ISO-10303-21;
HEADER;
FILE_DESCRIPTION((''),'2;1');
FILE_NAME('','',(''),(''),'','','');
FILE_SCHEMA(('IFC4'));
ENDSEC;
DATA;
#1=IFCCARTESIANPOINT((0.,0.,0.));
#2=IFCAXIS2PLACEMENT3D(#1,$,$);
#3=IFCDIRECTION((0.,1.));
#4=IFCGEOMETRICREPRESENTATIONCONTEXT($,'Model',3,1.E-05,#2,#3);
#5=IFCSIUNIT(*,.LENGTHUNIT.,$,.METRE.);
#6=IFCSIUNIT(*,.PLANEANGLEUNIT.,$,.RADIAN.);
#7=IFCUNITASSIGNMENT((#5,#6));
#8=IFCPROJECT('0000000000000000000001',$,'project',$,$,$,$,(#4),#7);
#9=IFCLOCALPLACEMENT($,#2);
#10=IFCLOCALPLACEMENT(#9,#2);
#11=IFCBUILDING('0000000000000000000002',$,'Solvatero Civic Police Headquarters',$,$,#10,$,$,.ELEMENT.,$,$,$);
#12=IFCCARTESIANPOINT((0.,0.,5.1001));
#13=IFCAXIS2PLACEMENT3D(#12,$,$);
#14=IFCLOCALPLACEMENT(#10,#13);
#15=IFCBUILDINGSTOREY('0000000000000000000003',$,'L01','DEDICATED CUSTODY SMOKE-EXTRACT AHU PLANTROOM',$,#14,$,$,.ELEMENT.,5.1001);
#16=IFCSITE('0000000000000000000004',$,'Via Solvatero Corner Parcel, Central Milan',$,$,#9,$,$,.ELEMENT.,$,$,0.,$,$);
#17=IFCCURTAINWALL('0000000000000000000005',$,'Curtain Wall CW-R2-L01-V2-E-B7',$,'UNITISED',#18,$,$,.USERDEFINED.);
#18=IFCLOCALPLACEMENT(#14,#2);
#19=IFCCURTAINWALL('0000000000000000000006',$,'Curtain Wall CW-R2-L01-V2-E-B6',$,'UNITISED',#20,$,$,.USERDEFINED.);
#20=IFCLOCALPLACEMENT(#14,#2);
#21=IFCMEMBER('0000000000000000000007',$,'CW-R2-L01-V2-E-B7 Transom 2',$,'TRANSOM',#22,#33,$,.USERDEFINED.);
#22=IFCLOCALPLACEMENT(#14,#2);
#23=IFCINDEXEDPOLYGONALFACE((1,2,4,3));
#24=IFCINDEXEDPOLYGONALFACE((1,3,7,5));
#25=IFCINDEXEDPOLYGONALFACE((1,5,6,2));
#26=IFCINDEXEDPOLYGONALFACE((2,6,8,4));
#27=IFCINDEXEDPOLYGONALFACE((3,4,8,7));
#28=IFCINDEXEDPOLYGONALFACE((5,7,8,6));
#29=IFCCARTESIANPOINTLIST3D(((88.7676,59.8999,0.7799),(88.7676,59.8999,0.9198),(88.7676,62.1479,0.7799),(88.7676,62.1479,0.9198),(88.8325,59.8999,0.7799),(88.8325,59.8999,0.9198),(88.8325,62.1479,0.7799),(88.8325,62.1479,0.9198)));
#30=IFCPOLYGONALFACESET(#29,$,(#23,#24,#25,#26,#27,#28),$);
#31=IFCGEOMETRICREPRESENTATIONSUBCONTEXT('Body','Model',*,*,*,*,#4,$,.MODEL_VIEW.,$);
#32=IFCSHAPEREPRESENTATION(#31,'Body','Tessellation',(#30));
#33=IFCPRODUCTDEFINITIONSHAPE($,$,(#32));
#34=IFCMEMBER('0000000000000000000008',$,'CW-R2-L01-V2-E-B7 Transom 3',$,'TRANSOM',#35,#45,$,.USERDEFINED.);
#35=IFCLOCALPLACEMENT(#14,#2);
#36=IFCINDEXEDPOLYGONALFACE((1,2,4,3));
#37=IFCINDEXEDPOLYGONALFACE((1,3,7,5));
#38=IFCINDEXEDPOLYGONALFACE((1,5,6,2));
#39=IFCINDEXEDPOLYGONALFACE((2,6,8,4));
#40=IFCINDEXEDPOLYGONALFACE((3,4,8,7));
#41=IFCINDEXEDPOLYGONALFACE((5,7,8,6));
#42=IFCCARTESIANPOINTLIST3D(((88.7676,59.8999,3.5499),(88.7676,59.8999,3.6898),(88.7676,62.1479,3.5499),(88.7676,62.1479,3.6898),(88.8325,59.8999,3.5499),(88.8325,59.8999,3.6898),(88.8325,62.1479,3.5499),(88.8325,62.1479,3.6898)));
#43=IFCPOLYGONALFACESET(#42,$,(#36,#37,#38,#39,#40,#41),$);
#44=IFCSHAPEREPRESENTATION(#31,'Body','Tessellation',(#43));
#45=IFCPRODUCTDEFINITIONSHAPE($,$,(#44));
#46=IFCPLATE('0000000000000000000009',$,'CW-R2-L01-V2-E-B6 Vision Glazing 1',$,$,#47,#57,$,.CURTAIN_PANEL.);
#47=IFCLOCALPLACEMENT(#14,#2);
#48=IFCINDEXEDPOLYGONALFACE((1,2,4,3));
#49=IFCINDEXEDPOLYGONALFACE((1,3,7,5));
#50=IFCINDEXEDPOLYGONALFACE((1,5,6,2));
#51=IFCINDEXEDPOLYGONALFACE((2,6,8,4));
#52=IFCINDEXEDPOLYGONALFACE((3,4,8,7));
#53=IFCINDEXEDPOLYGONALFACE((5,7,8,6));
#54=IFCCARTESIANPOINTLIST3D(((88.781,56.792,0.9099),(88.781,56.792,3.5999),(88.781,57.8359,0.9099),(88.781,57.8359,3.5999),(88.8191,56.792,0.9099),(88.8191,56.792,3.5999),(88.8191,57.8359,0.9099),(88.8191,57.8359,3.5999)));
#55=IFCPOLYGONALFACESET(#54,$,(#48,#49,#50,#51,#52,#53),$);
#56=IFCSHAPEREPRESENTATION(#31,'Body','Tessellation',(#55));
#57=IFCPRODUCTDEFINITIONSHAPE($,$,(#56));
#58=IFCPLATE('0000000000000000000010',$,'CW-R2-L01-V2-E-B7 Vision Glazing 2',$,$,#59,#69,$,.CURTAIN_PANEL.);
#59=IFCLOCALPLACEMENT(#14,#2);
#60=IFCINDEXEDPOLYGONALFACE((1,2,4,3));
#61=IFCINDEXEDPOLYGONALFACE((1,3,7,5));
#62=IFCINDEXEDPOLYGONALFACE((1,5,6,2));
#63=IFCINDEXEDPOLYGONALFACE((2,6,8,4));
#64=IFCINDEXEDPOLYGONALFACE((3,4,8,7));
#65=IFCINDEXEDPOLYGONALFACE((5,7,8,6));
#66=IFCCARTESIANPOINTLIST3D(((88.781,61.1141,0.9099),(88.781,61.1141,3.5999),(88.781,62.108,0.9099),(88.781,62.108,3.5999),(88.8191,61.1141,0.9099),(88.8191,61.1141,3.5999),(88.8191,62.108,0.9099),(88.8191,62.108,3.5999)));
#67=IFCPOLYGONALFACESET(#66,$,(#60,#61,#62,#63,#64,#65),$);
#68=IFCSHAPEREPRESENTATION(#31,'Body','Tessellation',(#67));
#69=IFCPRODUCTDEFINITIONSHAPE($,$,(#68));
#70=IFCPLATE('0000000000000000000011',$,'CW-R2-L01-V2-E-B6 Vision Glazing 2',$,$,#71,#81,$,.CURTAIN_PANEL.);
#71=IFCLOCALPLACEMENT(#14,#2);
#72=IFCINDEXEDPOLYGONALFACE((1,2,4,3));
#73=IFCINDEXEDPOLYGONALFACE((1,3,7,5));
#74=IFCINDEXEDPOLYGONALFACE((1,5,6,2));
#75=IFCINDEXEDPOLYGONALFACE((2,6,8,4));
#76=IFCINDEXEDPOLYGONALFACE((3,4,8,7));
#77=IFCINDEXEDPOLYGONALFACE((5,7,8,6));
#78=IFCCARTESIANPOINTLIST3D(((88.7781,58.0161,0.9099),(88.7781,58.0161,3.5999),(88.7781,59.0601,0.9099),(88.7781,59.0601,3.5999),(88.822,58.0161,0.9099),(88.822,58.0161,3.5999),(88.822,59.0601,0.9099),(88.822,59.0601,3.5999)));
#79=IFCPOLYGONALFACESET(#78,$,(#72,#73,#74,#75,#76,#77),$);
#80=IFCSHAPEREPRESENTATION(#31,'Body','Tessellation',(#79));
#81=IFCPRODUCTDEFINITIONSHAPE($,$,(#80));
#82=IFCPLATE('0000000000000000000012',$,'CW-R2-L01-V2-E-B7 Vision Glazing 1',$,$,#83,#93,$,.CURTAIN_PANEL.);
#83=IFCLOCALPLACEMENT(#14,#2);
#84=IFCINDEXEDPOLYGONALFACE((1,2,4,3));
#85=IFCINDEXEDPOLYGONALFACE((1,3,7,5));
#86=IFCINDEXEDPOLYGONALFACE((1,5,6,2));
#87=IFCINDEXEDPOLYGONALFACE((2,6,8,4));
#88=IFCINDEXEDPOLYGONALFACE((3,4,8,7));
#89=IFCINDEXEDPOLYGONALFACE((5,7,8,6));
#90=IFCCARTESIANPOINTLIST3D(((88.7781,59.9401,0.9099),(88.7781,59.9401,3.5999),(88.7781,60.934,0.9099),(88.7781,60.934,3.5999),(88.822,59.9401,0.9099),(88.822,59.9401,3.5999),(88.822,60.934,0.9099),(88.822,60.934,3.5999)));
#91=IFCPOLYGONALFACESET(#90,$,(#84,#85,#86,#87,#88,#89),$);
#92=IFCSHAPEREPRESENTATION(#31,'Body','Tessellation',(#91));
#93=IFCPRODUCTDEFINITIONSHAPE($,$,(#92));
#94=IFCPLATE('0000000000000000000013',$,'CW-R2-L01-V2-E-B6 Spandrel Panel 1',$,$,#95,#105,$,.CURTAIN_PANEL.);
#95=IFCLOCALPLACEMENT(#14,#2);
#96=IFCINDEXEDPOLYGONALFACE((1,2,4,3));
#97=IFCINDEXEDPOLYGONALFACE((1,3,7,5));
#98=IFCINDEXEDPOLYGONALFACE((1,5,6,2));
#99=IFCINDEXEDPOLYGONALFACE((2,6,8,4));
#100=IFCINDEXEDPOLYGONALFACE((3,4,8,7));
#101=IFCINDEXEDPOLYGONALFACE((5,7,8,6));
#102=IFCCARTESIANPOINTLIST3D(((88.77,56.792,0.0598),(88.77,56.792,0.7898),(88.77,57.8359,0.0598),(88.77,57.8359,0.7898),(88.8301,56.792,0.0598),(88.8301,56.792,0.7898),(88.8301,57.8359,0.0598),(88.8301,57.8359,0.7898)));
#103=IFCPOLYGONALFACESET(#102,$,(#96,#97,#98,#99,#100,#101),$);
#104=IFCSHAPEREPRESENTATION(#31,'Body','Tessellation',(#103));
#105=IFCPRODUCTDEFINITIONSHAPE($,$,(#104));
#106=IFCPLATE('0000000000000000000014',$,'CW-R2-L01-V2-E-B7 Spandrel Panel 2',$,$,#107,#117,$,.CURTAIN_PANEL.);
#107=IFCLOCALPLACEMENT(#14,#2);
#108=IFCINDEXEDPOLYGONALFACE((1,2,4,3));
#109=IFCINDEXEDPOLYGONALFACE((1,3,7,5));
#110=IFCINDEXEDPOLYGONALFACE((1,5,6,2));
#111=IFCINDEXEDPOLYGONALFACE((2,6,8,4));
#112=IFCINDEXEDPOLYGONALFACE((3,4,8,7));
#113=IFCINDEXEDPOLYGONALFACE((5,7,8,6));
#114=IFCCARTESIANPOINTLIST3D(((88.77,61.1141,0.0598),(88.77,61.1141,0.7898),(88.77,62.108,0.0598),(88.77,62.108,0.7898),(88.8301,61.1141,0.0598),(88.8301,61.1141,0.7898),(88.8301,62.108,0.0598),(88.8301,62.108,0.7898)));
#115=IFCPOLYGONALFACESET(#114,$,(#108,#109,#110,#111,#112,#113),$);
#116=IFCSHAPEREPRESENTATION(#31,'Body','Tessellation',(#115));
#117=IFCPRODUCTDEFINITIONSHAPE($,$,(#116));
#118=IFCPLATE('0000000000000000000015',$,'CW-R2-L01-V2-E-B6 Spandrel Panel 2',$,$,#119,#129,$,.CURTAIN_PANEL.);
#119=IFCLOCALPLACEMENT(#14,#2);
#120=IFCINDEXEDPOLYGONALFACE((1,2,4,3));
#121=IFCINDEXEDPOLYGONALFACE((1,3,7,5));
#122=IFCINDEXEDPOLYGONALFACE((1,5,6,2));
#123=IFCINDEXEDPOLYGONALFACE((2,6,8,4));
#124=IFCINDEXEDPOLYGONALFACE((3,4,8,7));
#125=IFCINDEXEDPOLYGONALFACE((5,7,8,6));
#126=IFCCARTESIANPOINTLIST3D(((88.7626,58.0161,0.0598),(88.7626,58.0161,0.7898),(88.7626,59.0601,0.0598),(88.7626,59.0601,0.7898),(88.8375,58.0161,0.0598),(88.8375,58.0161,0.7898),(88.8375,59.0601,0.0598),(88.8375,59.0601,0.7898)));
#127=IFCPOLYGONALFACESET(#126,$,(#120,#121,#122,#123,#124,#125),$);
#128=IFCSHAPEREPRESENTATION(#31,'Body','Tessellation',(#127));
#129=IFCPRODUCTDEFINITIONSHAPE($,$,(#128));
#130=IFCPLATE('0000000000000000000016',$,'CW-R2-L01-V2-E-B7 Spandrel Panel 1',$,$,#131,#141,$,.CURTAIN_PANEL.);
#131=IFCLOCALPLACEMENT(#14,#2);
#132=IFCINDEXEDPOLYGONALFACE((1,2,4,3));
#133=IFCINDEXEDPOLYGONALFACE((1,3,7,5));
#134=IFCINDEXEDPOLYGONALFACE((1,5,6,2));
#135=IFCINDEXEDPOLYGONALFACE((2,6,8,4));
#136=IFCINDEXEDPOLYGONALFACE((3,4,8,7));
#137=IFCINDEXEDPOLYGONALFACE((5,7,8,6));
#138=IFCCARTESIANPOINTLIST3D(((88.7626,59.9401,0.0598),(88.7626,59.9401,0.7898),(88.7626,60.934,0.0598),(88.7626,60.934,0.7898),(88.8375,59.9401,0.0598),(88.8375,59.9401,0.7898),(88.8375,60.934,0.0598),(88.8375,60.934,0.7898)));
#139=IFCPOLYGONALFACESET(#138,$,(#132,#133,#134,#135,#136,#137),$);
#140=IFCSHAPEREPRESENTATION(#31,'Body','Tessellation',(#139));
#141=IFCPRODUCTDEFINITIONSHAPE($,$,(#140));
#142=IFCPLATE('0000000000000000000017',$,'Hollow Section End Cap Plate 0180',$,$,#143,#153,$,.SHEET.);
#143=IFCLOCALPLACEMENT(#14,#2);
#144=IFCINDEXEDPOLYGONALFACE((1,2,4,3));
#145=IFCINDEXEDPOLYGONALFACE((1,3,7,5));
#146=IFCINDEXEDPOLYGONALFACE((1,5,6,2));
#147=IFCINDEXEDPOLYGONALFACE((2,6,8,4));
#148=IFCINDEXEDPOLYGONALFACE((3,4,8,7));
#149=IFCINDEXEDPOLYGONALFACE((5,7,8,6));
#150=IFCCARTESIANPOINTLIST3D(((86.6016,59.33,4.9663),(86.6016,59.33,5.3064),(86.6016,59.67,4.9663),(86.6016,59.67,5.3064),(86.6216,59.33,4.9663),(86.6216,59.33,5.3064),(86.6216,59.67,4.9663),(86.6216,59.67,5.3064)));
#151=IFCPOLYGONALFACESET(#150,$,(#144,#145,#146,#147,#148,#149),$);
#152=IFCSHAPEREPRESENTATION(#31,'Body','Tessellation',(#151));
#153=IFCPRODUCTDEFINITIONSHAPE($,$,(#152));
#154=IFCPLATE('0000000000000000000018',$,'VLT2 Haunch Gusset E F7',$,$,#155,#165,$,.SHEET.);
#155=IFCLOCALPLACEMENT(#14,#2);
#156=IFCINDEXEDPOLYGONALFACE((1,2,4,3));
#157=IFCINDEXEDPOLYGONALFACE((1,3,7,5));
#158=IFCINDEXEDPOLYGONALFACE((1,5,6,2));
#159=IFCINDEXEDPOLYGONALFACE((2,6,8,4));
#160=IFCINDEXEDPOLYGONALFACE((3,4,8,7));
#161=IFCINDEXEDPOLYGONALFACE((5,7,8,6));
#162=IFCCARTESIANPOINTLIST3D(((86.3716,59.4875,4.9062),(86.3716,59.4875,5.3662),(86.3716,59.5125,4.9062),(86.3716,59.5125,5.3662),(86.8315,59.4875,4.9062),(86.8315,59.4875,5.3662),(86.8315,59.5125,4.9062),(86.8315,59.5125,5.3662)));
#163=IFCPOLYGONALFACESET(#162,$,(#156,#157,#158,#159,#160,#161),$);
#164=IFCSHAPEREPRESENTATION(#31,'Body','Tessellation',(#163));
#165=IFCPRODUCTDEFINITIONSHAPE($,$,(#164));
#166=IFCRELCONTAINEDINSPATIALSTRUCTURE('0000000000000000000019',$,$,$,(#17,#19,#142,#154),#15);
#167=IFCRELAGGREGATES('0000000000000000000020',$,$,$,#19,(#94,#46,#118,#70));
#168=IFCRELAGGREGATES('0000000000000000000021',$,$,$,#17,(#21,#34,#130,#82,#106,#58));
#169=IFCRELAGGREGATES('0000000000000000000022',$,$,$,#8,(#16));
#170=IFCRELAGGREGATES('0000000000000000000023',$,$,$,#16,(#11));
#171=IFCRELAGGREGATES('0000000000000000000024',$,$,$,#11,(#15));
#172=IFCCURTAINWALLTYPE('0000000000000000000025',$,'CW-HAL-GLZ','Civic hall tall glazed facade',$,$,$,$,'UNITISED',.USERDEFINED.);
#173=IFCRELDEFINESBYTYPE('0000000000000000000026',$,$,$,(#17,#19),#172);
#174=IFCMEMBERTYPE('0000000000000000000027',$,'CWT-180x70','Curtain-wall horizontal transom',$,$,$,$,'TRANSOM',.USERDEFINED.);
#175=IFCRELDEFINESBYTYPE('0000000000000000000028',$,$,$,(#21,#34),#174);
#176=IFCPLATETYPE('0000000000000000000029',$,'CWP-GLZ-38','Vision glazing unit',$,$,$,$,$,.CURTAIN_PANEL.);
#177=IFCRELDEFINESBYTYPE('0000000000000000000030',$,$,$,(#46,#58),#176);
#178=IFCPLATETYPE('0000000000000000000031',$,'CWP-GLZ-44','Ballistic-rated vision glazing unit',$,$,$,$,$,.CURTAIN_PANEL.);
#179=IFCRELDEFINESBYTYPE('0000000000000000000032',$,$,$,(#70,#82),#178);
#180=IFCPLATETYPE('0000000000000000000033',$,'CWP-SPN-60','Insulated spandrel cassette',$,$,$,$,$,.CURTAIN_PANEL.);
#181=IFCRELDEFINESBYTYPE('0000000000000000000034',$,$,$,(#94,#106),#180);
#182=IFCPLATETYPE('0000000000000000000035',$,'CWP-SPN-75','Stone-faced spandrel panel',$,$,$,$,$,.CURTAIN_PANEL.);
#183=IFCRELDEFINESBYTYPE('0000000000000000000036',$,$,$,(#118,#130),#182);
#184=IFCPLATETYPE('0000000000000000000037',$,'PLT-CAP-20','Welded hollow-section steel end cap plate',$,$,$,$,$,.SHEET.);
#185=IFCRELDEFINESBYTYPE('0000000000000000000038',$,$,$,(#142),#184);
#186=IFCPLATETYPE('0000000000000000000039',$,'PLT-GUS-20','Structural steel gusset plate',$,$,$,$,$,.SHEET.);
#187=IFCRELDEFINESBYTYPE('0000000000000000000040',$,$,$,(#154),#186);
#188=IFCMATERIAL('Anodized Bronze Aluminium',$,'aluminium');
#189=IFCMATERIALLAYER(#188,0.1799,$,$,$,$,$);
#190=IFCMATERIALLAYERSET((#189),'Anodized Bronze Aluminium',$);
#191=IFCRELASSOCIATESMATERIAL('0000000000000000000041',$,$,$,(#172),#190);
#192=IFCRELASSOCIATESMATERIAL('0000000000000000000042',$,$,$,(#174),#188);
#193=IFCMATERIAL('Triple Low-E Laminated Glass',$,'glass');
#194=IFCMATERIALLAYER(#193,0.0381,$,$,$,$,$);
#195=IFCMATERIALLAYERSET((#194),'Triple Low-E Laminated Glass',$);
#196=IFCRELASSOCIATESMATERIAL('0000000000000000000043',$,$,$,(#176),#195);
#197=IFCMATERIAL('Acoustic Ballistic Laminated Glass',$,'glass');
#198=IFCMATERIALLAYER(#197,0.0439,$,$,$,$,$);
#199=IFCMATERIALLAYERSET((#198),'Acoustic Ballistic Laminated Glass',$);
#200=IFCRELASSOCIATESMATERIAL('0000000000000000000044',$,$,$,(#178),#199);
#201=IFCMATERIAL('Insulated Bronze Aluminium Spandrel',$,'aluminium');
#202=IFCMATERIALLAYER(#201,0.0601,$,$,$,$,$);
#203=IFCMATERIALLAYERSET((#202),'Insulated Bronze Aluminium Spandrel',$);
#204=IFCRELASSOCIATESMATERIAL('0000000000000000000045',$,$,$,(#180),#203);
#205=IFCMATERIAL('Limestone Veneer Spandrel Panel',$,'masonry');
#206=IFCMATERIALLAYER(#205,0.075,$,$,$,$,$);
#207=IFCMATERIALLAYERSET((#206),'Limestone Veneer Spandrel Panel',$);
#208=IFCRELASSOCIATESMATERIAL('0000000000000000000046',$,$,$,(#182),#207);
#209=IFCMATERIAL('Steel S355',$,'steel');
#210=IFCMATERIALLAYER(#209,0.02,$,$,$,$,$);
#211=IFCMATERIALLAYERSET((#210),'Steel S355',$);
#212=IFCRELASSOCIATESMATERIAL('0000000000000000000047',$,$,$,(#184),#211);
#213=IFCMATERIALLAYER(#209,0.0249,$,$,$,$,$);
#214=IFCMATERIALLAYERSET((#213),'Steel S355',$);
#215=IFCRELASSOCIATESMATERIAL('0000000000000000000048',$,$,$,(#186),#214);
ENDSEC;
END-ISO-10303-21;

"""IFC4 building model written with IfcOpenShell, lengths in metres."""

from ifc_helpers import new_model, si_unit, direction, frame, origin, origin_2d, place, context, subcontext, project, spatial, rectangle, extrude, material, layer, layer_set, material_profile, profile_set, type_object, element, aggregate, save


model = new_model("IFC4")

# Units and contexts
model_context = context("Model", 3, precision=1e-05, world=origin(), true_north=direction((0.0, 1.0)))
body_context = subcontext(model_context, "Body", "Model", "MODEL_VIEW")
ifc_project = project(units=[si_unit("LENGTHUNIT", "METRE"), si_unit("PLANEANGLEUNIT", "RADIAN")], contexts=[model_context])

# Site, building, storey
site_placement = place(None, origin())
site = spatial("IfcSite", under=ifc_project, at=site_placement, Name="Via Solvatero Corner Parcel, Central Milan", CompositionType="ELEMENT", RefElevation=0.0)
building_placement = place(site_placement, origin())
building = spatial("IfcBuilding", under=site, at=building_placement, Name="Solvatero Civic Police Headquarters", CompositionType="ELEMENT")
storey_placement = place(building_placement, frame((0.0, 0.0, 5.1001)))
storey = spatial("IfcBuildingStorey", under=building, at=storey_placement, Name="L01", Description="DEDICATED CUSTODY SMOKE-EXTRACT AHU PLANTROOM", CompositionType="ELEMENT", Elevation=5.1001)

# Shared definitions
ifc_material_1 = material(Name="Steel S355", Category="steel")

# Curtain walls
ifc_material_2 = material(Name="Anodized Bronze Aluminium", Category="aluminium")
ifc_layer_1 = layer(ifc_material_2, 0.1799)
ifc_layer_set_1 = layer_set([ifc_layer_1], Name="Anodized Bronze Aluminium")
curtain_wall_type = type_object("IfcCurtainWallType", Name="CW-HAL-GLZ", Description="Civic hall tall glazed facade", ElementType="UNITISED", PredefinedType="USERDEFINED", material=ifc_layer_set_1)
curtain_wall_1_placement = place(storey_placement, origin())
curtain_wall_1 = element("IfcCurtainWall", 1, at=curtain_wall_1_placement, inside=storey, type_object=curtain_wall_type, Name="Curtain Wall CW-R2-L01-V2-E-B7", ObjectType="UNITISED", PredefinedType="USERDEFINED")
curtain_wall_2_placement = place(storey_placement, origin())
curtain_wall_2 = element("IfcCurtainWall", 2, at=curtain_wall_2_placement, inside=storey, type_object=curtain_wall_type, Name="Curtain Wall CW-R2-L01-V2-E-B6", ObjectType="UNITISED", PredefinedType="USERDEFINED")

# Members
ifc_material_profile_1 = material_profile(ifc_material_2, rectangle(XDim=0.0649, YDim=0.1399, at=origin_2d()), Name="ALU TRANSOM 65x140")
ifc_profile_set_1 = profile_set([ifc_material_profile_1], Name="Anodized Bronze Aluminium")
member_type_1 = type_object("IfcMemberType", Name="CWT-180x70", Description="Curtain-wall horizontal transom", ElementType="TRANSOM", PredefinedType="USERDEFINED", material=ifc_profile_set_1)
member_1_placement = place(storey_placement, frame((88.8, 59.8999, 0.8499), z_axis=(0.0, 1.0, 0.0), x_axis=(-1.0, 0.0, 0.0)))
member_1 = element("IfcMember", 3, at=member_1_placement, type_object=member_type_1, Name="CW-R2-L01-V2-E-B7 Transom 2", ObjectType="TRANSOM", PredefinedType="USERDEFINED", context=body_context, shape_type="SweptSolid", body=[
    extrude(rectangle(XDim=0.0649, YDim=0.1399, at=origin_2d()), origin(), (0.0, 0.0, 1.0), 2.248),
])
member_2_placement = place(storey_placement, frame((88.8, 59.8999, 3.6199), z_axis=(0.0, 1.0, 0.0), x_axis=(-1.0, 0.0, 0.0)))
member_2 = element("IfcMember", 4, at=member_2_placement, type_object=member_type_1, Name="CW-R2-L01-V2-E-B7 Transom 3", ObjectType="TRANSOM", PredefinedType="USERDEFINED", context=body_context, shape_type="SweptSolid", body=[
    extrude(rectangle(XDim=0.0649, YDim=0.1399, at=origin_2d()), origin(), (0.0, 0.0, 1.0), 2.248),
])

# Plates
ifc_material_3 = material(Name="Triple Low-E Laminated Glass", Category="glass")
ifc_layer_2 = layer(ifc_material_3, 0.0381)
ifc_layer_set_2 = layer_set([ifc_layer_2], Name="Triple Low-E Laminated Glass")
plate_type_1 = type_object("IfcPlateType", Name="CWP-GLZ-38", Description="Vision glazing unit", PredefinedType="CURTAIN_PANEL", material=ifc_layer_set_2)
plate_1_placement = place(storey_placement, frame((88.8, 57.314, 0.9099), z_axis=(0.0, 0.0, 1.0), x_axis=(0.0, 1.0, 0.0)))
plate_1 = element("IfcPlate", 5, at=plate_1_placement, type_object=plate_type_1, Name="CW-R2-L01-V2-E-B6 Vision Glazing 1", PredefinedType="CURTAIN_PANEL", context=body_context, shape_type="SweptSolid", body=[
    extrude(rectangle(XDim=1.0439, YDim=0.0381, at=origin_2d()), origin(), (0.0, 0.0, 1.0), 2.6899),
])
plate_2_placement = place(storey_placement, frame((88.8, 61.6111, 0.9099), z_axis=(0.0, 0.0, 1.0), x_axis=(0.0, 1.0, 0.0)))
plate_2 = element("IfcPlate", 6, at=plate_2_placement, type_object=plate_type_1, Name="CW-R2-L01-V2-E-B7 Vision Glazing 2", PredefinedType="CURTAIN_PANEL", context=body_context, shape_type="SweptSolid", body=[
    extrude(rectangle(XDim=0.9939, YDim=0.0381, at=origin_2d()), origin(), (0.0, 0.0, 1.0), 2.6899),
])
ifc_material_4 = material(Name="Acoustic Ballistic Laminated Glass", Category="glass")
ifc_layer_3 = layer(ifc_material_4, 0.0439)
ifc_layer_set_3 = layer_set([ifc_layer_3], Name="Acoustic Ballistic Laminated Glass")
plate_type_2 = type_object("IfcPlateType", Name="CWP-GLZ-44", Description="Ballistic-rated vision glazing unit", PredefinedType="CURTAIN_PANEL", material=ifc_layer_set_3)
plate_3_placement = place(storey_placement, frame((88.8, 58.5381, 0.9099), z_axis=(0.0, 0.0, 1.0), x_axis=(0.0, 1.0, 0.0)))
plate_3 = element("IfcPlate", 7, at=plate_3_placement, type_object=plate_type_2, Name="CW-R2-L01-V2-E-B6 Vision Glazing 2", PredefinedType="CURTAIN_PANEL", context=body_context, shape_type="SweptSolid", body=[
    extrude(rectangle(XDim=1.0439, YDim=0.0439, at=origin_2d()), origin(), (0.0, 0.0, 1.0), 2.6899),
])
plate_4_placement = place(storey_placement, frame((88.8, 60.437, 0.9099), z_axis=(0.0, 0.0, 1.0), x_axis=(0.0, 1.0, 0.0)))
plate_4 = element("IfcPlate", 8, at=plate_4_placement, type_object=plate_type_2, Name="CW-R2-L01-V2-E-B7 Vision Glazing 1", PredefinedType="CURTAIN_PANEL", context=body_context, shape_type="SweptSolid", body=[
    extrude(rectangle(XDim=0.9939, YDim=0.0439, at=origin_2d()), origin(), (0.0, 0.0, 1.0), 2.6899),
])
ifc_material_5 = material(Name="Insulated Bronze Aluminium Spandrel", Category="aluminium")
ifc_layer_4 = layer(ifc_material_5, 0.0601)
ifc_layer_set_4 = layer_set([ifc_layer_4], Name="Insulated Bronze Aluminium Spandrel")
plate_type_3 = type_object("IfcPlateType", Name="CWP-SPN-60", Description="Insulated spandrel cassette", PredefinedType="CURTAIN_PANEL", material=ifc_layer_set_4)
plate_5_placement = place(storey_placement, frame((88.8, 57.314, 0.0598), z_axis=(0.0, 0.0, 1.0), x_axis=(0.0, 1.0, 0.0)))
plate_5 = element("IfcPlate", 9, at=plate_5_placement, type_object=plate_type_3, Name="CW-R2-L01-V2-E-B6 Spandrel Panel 1", PredefinedType="CURTAIN_PANEL", context=body_context, shape_type="SweptSolid", body=[
    extrude(rectangle(XDim=1.0439, YDim=0.0601, at=origin_2d()), origin(), (0.0, 0.0, 1.0), 0.73),
])
plate_6_placement = place(storey_placement, frame((88.8, 61.6111, 0.0598), z_axis=(0.0, 0.0, 1.0), x_axis=(0.0, 1.0, 0.0)))
plate_6 = element("IfcPlate", 10, at=plate_6_placement, type_object=plate_type_3, Name="CW-R2-L01-V2-E-B7 Spandrel Panel 2", PredefinedType="CURTAIN_PANEL", context=body_context, shape_type="SweptSolid", body=[
    extrude(rectangle(XDim=0.9939, YDim=0.0601, at=origin_2d()), origin(), (0.0, 0.0, 1.0), 0.73),
])
ifc_material_6 = material(Name="Limestone Veneer Spandrel Panel", Category="masonry")
ifc_layer_5 = layer(ifc_material_6, 0.075)
ifc_layer_set_5 = layer_set([ifc_layer_5], Name="Limestone Veneer Spandrel Panel")
plate_type_4 = type_object("IfcPlateType", Name="CWP-SPN-75", Description="Stone-faced spandrel panel", PredefinedType="CURTAIN_PANEL", material=ifc_layer_set_5)
plate_7_placement = place(storey_placement, frame((88.8, 58.5381, 0.0598), z_axis=(0.0, 0.0, 1.0), x_axis=(0.0, 1.0, 0.0)))
plate_7 = element("IfcPlate", 11, at=plate_7_placement, type_object=plate_type_4, Name="CW-R2-L01-V2-E-B6 Spandrel Panel 2", PredefinedType="CURTAIN_PANEL", context=body_context, shape_type="SweptSolid", body=[
    extrude(rectangle(XDim=1.0439, YDim=0.075, at=origin_2d()), origin(), (0.0, 0.0, 1.0), 0.73),
])
aggregate(curtain_wall_2, [plate_5, plate_1, plate_7, plate_3])
plate_8_placement = place(storey_placement, frame((88.8, 60.437, 0.0598), z_axis=(0.0, 0.0, 1.0), x_axis=(0.0, 1.0, 0.0)))
plate_8 = element("IfcPlate", 12, at=plate_8_placement, type_object=plate_type_4, Name="CW-R2-L01-V2-E-B7 Spandrel Panel 1", PredefinedType="CURTAIN_PANEL", context=body_context, shape_type="SweptSolid", body=[
    extrude(rectangle(XDim=0.9939, YDim=0.075, at=origin_2d()), origin(), (0.0, 0.0, 1.0), 0.73),
])
aggregate(curtain_wall_1, [member_1, member_2, plate_8, plate_4, plate_6, plate_2])

# Plates
ifc_layer_6 = layer(ifc_material_1, 0.02)
ifc_layer_set_6 = layer_set([ifc_layer_6], Name="Steel S355")
plate_type_5 = type_object("IfcPlateType", Name="PLT-CAP-20", Description="Welded hollow-section steel end cap plate", PredefinedType="SHEET", material=ifc_layer_set_6)
plate_9_placement = place(storey_placement, frame((86.6116, 59.5, 4.9663), z_axis=(0.0, 0.0, 1.0), x_axis=(1.0, 0.0, 0.0)))
element("IfcPlate", 13, at=plate_9_placement, inside=storey, type_object=plate_type_5, Name="Hollow Section End Cap Plate 0180", PredefinedType="SHEET", context=body_context, shape_type="SweptSolid", body=[
    extrude(rectangle(XDim=0.02, YDim=0.3401, at=origin_2d()), origin(), (0.0, 0.0, 1.0), 0.3401),
])
ifc_layer_7 = layer(ifc_material_1, 0.0249)
ifc_layer_set_7 = layer_set([ifc_layer_7], Name="Steel S355")
plate_type_6 = type_object("IfcPlateType", Name="PLT-GUS-20", Description="Structural steel gusset plate", PredefinedType="SHEET", material=ifc_layer_set_7)
plate_10_placement = place(storey_placement, frame((86.6016, 59.5, 4.9062), z_axis=(0.0, 0.0, 1.0), x_axis=(1.0, 0.0, 0.0)))
element("IfcPlate", 14, at=plate_10_placement, inside=storey, type_object=plate_type_6, Name="VLT2 Haunch Gusset E F7", PredefinedType="SHEET", context=body_context, shape_type="SweptSolid", body=[
    extrude(rectangle(XDim=0.46, YDim=0.0249, at=origin_2d()), origin(), (0.0, 0.0, 1.0), 0.46),
])

save(model, "model.ifc")
